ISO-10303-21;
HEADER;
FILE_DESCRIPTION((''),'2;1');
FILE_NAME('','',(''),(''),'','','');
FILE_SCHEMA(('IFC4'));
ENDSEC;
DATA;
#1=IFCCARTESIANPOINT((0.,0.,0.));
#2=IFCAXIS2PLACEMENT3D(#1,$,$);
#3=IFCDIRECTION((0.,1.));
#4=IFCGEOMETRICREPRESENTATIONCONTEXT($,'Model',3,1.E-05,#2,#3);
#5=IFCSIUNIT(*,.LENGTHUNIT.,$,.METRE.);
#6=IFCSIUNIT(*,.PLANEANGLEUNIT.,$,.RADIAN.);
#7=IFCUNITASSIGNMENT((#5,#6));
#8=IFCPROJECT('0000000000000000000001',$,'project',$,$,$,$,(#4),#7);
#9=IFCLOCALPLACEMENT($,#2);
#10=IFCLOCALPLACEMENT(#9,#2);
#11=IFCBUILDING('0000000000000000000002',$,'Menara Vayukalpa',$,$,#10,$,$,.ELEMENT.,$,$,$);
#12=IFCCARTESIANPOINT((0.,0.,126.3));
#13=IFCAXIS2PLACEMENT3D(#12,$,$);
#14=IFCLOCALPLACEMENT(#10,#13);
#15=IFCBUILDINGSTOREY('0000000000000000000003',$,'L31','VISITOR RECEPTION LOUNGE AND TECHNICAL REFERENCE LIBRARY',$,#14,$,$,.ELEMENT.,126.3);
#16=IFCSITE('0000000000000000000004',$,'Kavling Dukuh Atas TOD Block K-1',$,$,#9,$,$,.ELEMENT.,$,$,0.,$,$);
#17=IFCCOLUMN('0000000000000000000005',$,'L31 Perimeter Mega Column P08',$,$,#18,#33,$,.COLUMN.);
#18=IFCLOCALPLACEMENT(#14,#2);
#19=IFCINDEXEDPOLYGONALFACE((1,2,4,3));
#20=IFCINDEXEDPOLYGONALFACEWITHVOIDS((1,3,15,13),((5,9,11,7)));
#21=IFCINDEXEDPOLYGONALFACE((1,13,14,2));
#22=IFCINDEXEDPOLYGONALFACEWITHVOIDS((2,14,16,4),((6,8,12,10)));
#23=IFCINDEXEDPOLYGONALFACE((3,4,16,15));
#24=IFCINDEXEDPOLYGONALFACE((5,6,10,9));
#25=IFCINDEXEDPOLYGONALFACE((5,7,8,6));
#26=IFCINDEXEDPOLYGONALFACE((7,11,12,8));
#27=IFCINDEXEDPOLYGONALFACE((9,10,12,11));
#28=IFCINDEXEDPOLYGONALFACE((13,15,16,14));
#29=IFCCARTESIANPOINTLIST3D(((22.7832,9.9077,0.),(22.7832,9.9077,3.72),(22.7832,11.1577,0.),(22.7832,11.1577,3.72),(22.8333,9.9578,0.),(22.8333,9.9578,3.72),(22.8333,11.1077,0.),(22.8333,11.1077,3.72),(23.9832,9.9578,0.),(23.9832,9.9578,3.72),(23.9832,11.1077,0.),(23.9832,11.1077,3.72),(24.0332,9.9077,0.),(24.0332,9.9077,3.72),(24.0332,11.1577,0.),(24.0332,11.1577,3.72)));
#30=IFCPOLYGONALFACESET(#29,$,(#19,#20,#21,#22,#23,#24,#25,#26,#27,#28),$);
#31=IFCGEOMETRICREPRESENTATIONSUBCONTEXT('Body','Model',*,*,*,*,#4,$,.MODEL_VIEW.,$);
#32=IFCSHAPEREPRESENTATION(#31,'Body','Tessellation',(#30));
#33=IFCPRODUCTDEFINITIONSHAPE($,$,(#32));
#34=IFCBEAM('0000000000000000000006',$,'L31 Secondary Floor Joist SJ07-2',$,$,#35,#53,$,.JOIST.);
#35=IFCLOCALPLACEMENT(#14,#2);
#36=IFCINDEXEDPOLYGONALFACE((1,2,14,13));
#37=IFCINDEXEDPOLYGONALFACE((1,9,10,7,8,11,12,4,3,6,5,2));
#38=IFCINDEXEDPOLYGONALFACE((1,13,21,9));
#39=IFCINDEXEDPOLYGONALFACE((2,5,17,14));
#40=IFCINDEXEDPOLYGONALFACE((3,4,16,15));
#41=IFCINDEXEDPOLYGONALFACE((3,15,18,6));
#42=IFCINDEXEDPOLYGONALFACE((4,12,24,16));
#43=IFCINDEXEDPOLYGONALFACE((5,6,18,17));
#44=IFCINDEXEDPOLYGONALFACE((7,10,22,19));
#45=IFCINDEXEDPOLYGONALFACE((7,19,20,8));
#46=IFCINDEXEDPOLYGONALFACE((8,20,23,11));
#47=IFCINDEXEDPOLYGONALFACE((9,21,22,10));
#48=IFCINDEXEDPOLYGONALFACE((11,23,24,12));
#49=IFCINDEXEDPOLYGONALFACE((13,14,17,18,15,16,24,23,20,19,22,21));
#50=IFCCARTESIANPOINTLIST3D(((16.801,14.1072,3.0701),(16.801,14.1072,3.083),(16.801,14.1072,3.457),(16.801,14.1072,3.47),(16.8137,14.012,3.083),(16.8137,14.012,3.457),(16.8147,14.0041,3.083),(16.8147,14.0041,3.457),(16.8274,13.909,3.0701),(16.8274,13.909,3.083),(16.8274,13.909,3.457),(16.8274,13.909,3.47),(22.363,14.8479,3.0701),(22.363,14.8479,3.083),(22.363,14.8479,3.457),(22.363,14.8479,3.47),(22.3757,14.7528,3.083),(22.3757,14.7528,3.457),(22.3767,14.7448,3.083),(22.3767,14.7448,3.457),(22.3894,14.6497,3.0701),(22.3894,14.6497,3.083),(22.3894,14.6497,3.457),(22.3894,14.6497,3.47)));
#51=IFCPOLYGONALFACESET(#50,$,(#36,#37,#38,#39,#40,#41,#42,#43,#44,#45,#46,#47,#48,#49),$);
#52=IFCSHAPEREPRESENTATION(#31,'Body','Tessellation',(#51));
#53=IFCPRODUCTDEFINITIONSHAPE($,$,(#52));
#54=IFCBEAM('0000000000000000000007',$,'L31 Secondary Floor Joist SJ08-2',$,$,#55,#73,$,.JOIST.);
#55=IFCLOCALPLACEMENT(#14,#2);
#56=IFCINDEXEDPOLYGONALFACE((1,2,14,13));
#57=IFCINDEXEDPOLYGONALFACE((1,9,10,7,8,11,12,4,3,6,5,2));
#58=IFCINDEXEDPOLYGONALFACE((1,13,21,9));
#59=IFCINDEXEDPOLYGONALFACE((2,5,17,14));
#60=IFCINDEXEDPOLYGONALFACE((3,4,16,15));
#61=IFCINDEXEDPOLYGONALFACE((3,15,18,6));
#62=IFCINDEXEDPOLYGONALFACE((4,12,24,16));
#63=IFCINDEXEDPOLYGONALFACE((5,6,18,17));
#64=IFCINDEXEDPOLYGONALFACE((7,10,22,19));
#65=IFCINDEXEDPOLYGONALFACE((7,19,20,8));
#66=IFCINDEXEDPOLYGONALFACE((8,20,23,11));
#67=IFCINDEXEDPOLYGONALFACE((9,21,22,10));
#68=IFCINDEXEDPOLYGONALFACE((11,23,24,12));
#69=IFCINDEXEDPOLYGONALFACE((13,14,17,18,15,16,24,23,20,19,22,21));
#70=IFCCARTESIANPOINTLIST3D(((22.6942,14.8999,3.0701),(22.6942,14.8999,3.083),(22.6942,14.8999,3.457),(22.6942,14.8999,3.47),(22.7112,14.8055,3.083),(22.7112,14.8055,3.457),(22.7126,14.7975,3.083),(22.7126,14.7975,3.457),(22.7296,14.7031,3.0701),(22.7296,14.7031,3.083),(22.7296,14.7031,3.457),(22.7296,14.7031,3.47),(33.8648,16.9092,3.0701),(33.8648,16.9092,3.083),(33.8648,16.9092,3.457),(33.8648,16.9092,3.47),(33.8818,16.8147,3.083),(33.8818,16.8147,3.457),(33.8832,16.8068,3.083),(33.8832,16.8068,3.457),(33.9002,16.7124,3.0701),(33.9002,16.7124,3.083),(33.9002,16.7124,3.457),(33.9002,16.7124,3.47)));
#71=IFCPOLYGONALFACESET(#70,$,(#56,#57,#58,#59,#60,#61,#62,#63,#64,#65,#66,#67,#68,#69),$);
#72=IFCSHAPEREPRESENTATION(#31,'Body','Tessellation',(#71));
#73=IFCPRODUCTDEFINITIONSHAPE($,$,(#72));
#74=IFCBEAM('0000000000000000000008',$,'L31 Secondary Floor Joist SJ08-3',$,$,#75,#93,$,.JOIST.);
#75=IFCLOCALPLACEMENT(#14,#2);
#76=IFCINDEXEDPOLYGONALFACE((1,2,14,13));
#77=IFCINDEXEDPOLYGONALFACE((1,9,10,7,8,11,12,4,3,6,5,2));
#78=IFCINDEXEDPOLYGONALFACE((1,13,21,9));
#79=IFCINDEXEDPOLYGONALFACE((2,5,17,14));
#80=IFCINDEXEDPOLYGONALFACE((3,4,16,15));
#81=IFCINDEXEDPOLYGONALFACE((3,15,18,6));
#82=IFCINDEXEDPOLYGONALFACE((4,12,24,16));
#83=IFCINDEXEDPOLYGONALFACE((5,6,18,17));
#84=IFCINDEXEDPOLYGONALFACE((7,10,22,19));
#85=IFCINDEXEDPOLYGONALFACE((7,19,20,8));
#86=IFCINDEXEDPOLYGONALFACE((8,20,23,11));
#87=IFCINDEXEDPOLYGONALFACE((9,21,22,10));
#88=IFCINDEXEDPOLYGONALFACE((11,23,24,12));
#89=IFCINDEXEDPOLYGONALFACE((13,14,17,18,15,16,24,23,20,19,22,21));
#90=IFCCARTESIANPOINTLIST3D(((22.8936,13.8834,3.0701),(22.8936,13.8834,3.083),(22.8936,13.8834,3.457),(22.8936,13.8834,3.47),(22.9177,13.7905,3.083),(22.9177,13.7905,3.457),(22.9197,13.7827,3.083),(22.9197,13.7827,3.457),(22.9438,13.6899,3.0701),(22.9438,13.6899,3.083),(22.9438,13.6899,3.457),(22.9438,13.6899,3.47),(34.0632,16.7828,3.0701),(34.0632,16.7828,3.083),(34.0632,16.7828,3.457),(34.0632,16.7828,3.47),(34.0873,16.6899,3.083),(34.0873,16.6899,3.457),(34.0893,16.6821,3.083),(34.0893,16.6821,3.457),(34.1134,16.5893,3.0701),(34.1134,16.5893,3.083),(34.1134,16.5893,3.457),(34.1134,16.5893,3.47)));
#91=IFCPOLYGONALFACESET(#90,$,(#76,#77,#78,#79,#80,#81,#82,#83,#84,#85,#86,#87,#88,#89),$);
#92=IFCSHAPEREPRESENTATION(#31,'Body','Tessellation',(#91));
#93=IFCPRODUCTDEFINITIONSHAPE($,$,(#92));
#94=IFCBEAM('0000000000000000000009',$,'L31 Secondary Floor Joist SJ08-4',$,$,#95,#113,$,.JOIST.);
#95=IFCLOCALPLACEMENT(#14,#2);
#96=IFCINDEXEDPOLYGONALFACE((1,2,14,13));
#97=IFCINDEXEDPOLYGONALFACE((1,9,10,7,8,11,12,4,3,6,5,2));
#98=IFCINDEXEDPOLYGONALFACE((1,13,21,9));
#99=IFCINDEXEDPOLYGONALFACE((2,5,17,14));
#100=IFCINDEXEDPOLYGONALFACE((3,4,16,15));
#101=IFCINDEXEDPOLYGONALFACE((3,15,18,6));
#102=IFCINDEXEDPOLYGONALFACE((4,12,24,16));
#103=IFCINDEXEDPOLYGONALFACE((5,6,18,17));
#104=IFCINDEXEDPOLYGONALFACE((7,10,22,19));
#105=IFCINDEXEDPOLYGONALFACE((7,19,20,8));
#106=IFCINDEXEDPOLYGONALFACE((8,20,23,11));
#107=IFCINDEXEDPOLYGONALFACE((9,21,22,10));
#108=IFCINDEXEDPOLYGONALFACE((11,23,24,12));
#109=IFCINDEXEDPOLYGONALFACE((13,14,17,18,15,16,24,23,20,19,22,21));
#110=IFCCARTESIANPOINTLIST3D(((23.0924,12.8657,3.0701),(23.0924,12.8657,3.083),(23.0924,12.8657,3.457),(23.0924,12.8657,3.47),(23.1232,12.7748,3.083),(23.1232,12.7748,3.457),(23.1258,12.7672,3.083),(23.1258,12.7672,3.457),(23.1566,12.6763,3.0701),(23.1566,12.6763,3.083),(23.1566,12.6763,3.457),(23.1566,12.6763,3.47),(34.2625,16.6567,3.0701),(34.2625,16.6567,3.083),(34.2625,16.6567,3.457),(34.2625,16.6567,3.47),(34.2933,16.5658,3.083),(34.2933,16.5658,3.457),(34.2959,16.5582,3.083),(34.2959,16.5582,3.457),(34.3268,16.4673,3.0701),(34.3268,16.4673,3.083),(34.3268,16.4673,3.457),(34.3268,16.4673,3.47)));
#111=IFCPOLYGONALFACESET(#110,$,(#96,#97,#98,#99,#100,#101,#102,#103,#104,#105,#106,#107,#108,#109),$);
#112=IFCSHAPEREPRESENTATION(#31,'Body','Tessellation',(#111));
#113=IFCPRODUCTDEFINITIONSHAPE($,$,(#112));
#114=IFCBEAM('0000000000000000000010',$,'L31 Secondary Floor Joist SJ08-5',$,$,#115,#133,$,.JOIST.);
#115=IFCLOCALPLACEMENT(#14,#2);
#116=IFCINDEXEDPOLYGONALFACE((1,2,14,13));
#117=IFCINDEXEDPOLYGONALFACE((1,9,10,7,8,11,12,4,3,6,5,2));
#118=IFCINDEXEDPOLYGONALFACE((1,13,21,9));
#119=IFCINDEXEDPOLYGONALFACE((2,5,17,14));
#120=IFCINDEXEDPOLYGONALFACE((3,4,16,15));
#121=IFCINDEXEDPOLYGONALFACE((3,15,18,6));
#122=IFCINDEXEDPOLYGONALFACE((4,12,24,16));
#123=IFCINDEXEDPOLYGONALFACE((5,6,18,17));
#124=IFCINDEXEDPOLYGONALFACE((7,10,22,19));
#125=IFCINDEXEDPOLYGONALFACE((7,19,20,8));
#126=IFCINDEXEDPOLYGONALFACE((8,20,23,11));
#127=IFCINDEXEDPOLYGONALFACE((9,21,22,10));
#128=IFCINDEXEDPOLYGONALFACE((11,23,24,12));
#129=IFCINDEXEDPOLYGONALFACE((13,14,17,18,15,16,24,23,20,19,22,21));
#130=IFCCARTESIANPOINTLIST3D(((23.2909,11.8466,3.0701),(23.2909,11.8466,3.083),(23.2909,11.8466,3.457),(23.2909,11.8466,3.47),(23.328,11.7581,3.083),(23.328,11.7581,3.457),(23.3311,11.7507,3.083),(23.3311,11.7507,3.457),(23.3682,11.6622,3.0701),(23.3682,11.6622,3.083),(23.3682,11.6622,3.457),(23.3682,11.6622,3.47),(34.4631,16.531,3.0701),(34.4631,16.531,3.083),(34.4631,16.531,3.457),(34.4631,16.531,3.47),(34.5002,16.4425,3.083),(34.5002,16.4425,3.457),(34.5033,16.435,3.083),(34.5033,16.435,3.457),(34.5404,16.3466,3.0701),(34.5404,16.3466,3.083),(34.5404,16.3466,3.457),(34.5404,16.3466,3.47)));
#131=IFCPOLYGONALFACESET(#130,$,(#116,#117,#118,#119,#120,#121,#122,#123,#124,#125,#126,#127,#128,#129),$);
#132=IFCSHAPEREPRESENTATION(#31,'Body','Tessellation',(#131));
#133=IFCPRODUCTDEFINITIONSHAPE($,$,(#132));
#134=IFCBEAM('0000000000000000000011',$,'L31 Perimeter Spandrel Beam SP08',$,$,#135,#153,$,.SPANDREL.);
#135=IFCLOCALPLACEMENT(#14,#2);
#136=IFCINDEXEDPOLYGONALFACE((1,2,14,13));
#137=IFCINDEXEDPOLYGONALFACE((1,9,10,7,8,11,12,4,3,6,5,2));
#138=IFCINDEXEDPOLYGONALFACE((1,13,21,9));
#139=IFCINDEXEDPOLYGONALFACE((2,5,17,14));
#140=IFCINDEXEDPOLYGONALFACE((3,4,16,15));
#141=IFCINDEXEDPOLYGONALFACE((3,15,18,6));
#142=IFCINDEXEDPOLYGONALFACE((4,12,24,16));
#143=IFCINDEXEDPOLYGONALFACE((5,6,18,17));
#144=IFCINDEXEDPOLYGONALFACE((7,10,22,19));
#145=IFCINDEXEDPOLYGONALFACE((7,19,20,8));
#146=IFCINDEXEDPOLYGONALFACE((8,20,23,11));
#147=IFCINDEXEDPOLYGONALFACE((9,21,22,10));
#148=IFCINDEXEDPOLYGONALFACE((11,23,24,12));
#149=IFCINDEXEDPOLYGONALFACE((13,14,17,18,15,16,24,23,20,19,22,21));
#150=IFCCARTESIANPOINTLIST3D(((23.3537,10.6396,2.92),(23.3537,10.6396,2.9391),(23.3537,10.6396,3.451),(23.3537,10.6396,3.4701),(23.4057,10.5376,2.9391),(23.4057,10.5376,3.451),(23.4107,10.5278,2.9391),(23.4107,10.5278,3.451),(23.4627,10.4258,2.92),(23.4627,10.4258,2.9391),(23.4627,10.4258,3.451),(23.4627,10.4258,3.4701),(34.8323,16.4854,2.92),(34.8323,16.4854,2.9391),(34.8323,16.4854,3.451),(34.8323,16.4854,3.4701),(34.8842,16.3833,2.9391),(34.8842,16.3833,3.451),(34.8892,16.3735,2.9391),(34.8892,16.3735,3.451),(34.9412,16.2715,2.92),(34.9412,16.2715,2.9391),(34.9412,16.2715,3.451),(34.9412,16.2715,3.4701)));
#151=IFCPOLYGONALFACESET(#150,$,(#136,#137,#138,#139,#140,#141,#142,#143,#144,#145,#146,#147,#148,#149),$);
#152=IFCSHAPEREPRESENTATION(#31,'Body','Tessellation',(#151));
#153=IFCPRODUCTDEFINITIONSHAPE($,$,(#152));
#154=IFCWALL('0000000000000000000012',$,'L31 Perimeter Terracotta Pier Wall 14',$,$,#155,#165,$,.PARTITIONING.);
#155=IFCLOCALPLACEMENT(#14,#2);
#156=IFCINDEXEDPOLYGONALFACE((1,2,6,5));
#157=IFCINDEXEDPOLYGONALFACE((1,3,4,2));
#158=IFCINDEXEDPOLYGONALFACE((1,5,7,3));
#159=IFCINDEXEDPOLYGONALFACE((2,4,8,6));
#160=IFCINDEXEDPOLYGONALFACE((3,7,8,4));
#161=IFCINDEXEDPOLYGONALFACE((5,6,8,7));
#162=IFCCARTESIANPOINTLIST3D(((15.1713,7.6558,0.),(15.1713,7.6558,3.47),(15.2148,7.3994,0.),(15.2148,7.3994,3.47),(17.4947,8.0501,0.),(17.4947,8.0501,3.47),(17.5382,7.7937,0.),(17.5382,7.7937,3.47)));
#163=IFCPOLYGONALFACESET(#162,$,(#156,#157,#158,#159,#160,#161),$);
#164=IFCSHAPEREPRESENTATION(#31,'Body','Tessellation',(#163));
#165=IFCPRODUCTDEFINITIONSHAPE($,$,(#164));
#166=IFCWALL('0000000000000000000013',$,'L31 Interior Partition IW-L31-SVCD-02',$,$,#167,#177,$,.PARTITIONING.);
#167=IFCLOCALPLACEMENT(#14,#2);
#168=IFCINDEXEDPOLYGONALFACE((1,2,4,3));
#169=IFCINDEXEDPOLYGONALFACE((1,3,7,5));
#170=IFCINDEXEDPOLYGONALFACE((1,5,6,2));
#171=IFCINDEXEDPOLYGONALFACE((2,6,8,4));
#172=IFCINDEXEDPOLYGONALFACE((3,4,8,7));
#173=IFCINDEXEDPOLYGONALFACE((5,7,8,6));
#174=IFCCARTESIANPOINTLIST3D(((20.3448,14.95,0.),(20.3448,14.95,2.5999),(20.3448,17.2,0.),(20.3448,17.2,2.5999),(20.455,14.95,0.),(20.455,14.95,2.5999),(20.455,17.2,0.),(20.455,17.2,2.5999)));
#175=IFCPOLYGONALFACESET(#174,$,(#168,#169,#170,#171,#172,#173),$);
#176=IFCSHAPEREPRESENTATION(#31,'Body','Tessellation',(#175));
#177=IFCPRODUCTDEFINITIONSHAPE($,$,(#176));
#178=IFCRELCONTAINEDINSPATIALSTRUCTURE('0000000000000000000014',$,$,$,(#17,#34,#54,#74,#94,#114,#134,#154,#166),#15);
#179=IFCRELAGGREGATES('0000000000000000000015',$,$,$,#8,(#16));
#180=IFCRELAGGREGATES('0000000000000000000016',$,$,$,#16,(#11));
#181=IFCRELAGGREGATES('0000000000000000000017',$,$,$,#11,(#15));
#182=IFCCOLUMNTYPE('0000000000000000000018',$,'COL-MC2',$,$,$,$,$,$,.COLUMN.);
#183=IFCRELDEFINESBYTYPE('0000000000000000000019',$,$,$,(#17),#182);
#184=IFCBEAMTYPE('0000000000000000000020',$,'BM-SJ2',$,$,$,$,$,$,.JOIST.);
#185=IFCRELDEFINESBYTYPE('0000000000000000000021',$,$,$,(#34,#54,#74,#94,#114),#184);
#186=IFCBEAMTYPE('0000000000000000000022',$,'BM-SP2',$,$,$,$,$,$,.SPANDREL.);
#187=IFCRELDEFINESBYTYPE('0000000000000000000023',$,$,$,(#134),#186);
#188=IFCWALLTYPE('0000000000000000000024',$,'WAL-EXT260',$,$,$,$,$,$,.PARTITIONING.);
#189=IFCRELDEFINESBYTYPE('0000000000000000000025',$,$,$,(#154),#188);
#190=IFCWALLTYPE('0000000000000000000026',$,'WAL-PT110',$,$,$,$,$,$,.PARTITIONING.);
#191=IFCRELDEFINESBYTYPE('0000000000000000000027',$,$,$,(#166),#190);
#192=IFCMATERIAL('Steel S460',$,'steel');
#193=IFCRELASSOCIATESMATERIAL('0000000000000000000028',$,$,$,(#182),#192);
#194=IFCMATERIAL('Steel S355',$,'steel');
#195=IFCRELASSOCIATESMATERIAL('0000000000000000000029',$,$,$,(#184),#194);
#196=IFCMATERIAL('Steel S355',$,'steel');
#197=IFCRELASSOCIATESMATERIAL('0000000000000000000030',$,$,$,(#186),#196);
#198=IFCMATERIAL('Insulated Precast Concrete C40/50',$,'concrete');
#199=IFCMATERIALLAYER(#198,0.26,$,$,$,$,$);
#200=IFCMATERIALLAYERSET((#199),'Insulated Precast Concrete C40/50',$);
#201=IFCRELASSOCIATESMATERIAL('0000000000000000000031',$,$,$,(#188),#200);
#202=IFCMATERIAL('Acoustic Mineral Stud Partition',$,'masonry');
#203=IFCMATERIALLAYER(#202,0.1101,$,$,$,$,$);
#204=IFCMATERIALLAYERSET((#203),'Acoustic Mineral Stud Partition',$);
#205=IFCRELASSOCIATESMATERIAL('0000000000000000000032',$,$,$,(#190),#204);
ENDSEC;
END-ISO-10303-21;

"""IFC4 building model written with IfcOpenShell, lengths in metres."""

from ifc_helpers import new_model, si_unit, direction, frame, frame_2d, origin, origin_2d, place, context, subcontext, project, spatial, rectangle, hollow_rectangle, i_section, extrude, material, layer, layer_set, material_profile, profile_set, type_object, element, save


model = new_model("IFC4")

# Units and contexts
model_context = context("Model", 3, precision=1e-05, world=origin(), true_north=direction((0.0, 1.0)))
body_context = subcontext(model_context, "Body", "Model", "MODEL_VIEW")
ifc_project = project(units=[si_unit("LENGTHUNIT", "METRE"), si_unit("PLANEANGLEUNIT", "RADIAN")], contexts=[model_context])

# Site, building, storey
site_placement = place(None, origin())
site = spatial("IfcSite", under=ifc_project, at=site_placement, Name="Kavling Dukuh Atas TOD Block K-1", CompositionType="ELEMENT", RefElevation=0.0)
building_placement = place(site_placement, origin())
building = spatial("IfcBuilding", under=site, at=building_placement, Name="Menara Vayukalpa", CompositionType="ELEMENT")
storey_placement = place(building_placement, frame((0.0, 0.0, 126.3)))
storey = spatial("IfcBuildingStorey", under=building, at=storey_placement, Name="L31", Description="VISITOR RECEPTION LOUNGE AND TECHNICAL REFERENCE LIBRARY", CompositionType="ELEMENT", Elevation=126.3)

# Column
ifc_material_1 = material(Name="Steel S460", Category="steel")
ifc_material_profile_1 = material_profile(ifc_material_1, hollow_rectangle(XDim=1.25, YDim=1.25, WallThickness=0.05, at=origin_2d()), Name="BOX 1250x1250x50")
ifc_profile_set_1 = profile_set([ifc_material_profile_1], Name="Steel S460")
column_type = type_object("IfcColumnType", Name="COL-MC2", PredefinedType="COLUMN", material=ifc_profile_set_1)
column_placement = place(storey_placement, frame((23.4082, 10.5327, 0.0), z_axis=(0.0, 0.0, 1.0), x_axis=(1.0, 0.0, 0.0)))
element("IfcColumn", 1, at=column_placement, inside=storey, type_object=column_type, Name="L31 Perimeter Mega Column P08", PredefinedType="COLUMN", context=body_context, shape_type="SweptSolid", body=[
    extrude(hollow_rectangle(XDim=1.25, YDim=1.25, WallThickness=0.05, at=origin_2d()), origin(), (0.0, 0.0, 1.0), 3.72),
])

# Beams
ifc_material_2 = material(Name="Steel S355", Category="steel")
ifc_material_profile_2 = material_profile(ifc_material_2, i_section(OverallWidth=0.2, OverallDepth=0.3999, WebThickness=0.0081, FlangeThickness=0.0129, at=origin_2d()), Name="WF 400x200x8x13")
ifc_profile_set_2 = profile_set([ifc_material_profile_2], Name="Steel S355")
beam_type_1 = type_object("IfcBeamType", Name="BM-SJ2", PredefinedType="JOIST", material=ifc_profile_set_2)
beam_1_placement = place(storey_placement, frame((16.8142, 14.0081, 3.27), z_axis=(0.991248, 0.13201, 0.0), x_axis=(-0.13201, 0.991248, 0.0)))
element("IfcBeam", 2, at=beam_1_placement, inside=storey, type_object=beam_type_1, Name="L31 Secondary Floor Joist SJ07-2", PredefinedType="JOIST", context=body_context, shape_type="SweptSolid", body=[
    extrude(i_section(OverallWidth=0.2, OverallDepth=0.3999, WebThickness=0.0081, FlangeThickness=0.0129, at=origin_2d()), origin(), (0.0, 0.0, 1.0), 5.6111),
])
beam_2_placement = place(storey_placement, frame((22.7119, 14.8015, 3.27), z_axis=(0.984205, 0.17703, 0.0), x_axis=(-0.17703, 0.984205, 0.0)))
element("IfcBeam", 3, at=beam_2_placement, inside=storey, type_object=beam_type_1, Name="L31 Secondary Floor Joist SJ08-2", PredefinedType="JOIST", context=body_context, shape_type="SweptSolid", body=[
    extrude(i_section(OverallWidth=0.2, OverallDepth=0.3999, WebThickness=0.0081, FlangeThickness=0.0129, at=origin_2d()), origin(), (0.0, 0.0, 1.0), 11.3499),
])
beam_3_placement = place(storey_placement, frame((22.9187, 13.7866, 3.27), z_axis=(0.967922, 0.251252, 0.0), x_axis=(-0.251252, 0.967922, 0.0)))
element("IfcBeam", 4, at=beam_3_placement, inside=storey, type_object=beam_type_1, Name="L31 Secondary Floor Joist SJ08-3", PredefinedType="JOIST", context=body_context, shape_type="SweptSolid", body=[
    extrude(i_section(OverallWidth=0.2, OverallDepth=0.3999, WebThickness=0.0081, FlangeThickness=0.0129, at=origin_2d()), origin(), (0.0, 0.0, 1.0), 11.5398),
])
beam_4_placement = place(storey_placement, frame((23.1245, 12.771, 3.27), z_axis=(0.946949, 0.321383, 0.0), x_axis=(-0.321383, 0.946949, 0.0)))
element("IfcBeam", 5, at=beam_4_placement, inside=storey, type_object=beam_type_1, Name="L31 Secondary Floor Joist SJ08-4", PredefinedType="JOIST", context=body_context, shape_type="SweptSolid", body=[
    extrude(i_section(OverallWidth=0.2, OverallDepth=0.3999, WebThickness=0.0081, FlangeThickness=0.0129, at=origin_2d()), origin(), (0.0, 0.0, 1.0), 11.7959),
])
beam_5_placement = place(storey_placement, frame((23.3296, 11.7544, 3.27), z_axis=(0.922217, 0.386674, 0.0), x_axis=(-0.386674, 0.922217, 0.0)))
element("IfcBeam", 6, at=beam_5_placement, inside=storey, type_object=beam_type_1, Name="L31 Secondary Floor Joist SJ08-5", PredefinedType="JOIST", context=body_context, shape_type="SweptSolid", body=[
    extrude(i_section(OverallWidth=0.2, OverallDepth=0.3999, WebThickness=0.0081, FlangeThickness=0.0129, at=origin_2d()), origin(), (0.0, 0.0, 1.0), 12.1145),
])
ifc_material_3 = material(Name="Steel S355", Category="steel")
ifc_material_profile_3 = material_profile(ifc_material_3, i_section(OverallWidth=0.24, OverallDepth=0.55, WebThickness=0.011, FlangeThickness=0.019, at=origin_2d()), Name="WF 550x240x11x19")
ifc_profile_set_3 = profile_set([ifc_material_profile_3], Name="Steel S355")
beam_type_2 = type_object("IfcBeamType", Name="BM-SP2", PredefinedType="SPANDREL", material=ifc_profile_set_3)
beam_6_placement = place(storey_placement, frame((23.4082, 10.5327, 3.1951), z_axis=(0.891097, 0.453812, 0.0), x_axis=(-0.453812, 0.891097, 0.0)))
element("IfcBeam", 7, at=beam_6_placement, inside=storey, type_object=beam_type_2, Name="L31 Perimeter Spandrel Beam SP08", PredefinedType="SPANDREL", context=body_context, shape_type="SweptSolid", body=[
    extrude(i_section(OverallWidth=0.24, OverallDepth=0.55, WebThickness=0.011, FlangeThickness=0.019, at=origin_2d()), origin(), (0.0, 0.0, 1.0), 12.8813),
])

# Walls
ifc_material_4 = material(Name="Insulated Precast Concrete C40/50", Category="concrete")
ifc_layer_1 = layer(ifc_material_4, 0.26)
ifc_layer_set_1 = layer_set([ifc_layer_1], Name="Insulated Precast Concrete C40/50")
wall_type_1 = type_object("IfcWallType", Name="WAL-EXT260", PredefinedType="PARTITIONING", material=ifc_layer_set_1)
wall_1_placement = place(storey_placement, frame((17.5164, 7.9219, 0.0), z_axis=(0.0, 0.0, 1.0), x_axis=(-0.985905, -0.167305, 0.0)))
element("IfcWall", 8, at=wall_1_placement, inside=storey, type_object=wall_type_1, Name="L31 Perimeter Terracotta Pier Wall 14", PredefinedType="PARTITIONING", context=body_context, shape_type="SweptSolid", body=[
    extrude(rectangle(XDim=2.3567, YDim=0.26, at=frame_2d((1.1782, 0.0))), origin(), (0.0, 0.0, 1.0), 3.47),
])
ifc_material_5 = material(Name="Acoustic Mineral Stud Partition", Category="masonry")
ifc_layer_2 = layer(ifc_material_5, 0.1101)
ifc_layer_set_2 = layer_set([ifc_layer_2], Name="Acoustic Mineral Stud Partition")
wall_type_2 = type_object("IfcWallType", Name="WAL-PT110", PredefinedType="PARTITIONING", material=ifc_layer_set_2)
wall_2_placement = place(storey_placement, frame((20.3999, 14.95, 0.0), z_axis=(0.0, 0.0, 1.0), x_axis=(0.0, 1.0, 0.0)))
element("IfcWall", 9, at=wall_2_placement, inside=storey, type_object=wall_type_2, Name="L31 Interior Partition IW-L31-SVCD-02", PredefinedType="PARTITIONING", context=body_context, shape_type="SweptSolid", body=[
    extrude(rectangle(XDim=2.25, YDim=0.1101, at=frame_2d((1.125, 0.0))), origin(), (0.0, 0.0, 1.0), 2.5999),
])

save(model, "model.ifc")
